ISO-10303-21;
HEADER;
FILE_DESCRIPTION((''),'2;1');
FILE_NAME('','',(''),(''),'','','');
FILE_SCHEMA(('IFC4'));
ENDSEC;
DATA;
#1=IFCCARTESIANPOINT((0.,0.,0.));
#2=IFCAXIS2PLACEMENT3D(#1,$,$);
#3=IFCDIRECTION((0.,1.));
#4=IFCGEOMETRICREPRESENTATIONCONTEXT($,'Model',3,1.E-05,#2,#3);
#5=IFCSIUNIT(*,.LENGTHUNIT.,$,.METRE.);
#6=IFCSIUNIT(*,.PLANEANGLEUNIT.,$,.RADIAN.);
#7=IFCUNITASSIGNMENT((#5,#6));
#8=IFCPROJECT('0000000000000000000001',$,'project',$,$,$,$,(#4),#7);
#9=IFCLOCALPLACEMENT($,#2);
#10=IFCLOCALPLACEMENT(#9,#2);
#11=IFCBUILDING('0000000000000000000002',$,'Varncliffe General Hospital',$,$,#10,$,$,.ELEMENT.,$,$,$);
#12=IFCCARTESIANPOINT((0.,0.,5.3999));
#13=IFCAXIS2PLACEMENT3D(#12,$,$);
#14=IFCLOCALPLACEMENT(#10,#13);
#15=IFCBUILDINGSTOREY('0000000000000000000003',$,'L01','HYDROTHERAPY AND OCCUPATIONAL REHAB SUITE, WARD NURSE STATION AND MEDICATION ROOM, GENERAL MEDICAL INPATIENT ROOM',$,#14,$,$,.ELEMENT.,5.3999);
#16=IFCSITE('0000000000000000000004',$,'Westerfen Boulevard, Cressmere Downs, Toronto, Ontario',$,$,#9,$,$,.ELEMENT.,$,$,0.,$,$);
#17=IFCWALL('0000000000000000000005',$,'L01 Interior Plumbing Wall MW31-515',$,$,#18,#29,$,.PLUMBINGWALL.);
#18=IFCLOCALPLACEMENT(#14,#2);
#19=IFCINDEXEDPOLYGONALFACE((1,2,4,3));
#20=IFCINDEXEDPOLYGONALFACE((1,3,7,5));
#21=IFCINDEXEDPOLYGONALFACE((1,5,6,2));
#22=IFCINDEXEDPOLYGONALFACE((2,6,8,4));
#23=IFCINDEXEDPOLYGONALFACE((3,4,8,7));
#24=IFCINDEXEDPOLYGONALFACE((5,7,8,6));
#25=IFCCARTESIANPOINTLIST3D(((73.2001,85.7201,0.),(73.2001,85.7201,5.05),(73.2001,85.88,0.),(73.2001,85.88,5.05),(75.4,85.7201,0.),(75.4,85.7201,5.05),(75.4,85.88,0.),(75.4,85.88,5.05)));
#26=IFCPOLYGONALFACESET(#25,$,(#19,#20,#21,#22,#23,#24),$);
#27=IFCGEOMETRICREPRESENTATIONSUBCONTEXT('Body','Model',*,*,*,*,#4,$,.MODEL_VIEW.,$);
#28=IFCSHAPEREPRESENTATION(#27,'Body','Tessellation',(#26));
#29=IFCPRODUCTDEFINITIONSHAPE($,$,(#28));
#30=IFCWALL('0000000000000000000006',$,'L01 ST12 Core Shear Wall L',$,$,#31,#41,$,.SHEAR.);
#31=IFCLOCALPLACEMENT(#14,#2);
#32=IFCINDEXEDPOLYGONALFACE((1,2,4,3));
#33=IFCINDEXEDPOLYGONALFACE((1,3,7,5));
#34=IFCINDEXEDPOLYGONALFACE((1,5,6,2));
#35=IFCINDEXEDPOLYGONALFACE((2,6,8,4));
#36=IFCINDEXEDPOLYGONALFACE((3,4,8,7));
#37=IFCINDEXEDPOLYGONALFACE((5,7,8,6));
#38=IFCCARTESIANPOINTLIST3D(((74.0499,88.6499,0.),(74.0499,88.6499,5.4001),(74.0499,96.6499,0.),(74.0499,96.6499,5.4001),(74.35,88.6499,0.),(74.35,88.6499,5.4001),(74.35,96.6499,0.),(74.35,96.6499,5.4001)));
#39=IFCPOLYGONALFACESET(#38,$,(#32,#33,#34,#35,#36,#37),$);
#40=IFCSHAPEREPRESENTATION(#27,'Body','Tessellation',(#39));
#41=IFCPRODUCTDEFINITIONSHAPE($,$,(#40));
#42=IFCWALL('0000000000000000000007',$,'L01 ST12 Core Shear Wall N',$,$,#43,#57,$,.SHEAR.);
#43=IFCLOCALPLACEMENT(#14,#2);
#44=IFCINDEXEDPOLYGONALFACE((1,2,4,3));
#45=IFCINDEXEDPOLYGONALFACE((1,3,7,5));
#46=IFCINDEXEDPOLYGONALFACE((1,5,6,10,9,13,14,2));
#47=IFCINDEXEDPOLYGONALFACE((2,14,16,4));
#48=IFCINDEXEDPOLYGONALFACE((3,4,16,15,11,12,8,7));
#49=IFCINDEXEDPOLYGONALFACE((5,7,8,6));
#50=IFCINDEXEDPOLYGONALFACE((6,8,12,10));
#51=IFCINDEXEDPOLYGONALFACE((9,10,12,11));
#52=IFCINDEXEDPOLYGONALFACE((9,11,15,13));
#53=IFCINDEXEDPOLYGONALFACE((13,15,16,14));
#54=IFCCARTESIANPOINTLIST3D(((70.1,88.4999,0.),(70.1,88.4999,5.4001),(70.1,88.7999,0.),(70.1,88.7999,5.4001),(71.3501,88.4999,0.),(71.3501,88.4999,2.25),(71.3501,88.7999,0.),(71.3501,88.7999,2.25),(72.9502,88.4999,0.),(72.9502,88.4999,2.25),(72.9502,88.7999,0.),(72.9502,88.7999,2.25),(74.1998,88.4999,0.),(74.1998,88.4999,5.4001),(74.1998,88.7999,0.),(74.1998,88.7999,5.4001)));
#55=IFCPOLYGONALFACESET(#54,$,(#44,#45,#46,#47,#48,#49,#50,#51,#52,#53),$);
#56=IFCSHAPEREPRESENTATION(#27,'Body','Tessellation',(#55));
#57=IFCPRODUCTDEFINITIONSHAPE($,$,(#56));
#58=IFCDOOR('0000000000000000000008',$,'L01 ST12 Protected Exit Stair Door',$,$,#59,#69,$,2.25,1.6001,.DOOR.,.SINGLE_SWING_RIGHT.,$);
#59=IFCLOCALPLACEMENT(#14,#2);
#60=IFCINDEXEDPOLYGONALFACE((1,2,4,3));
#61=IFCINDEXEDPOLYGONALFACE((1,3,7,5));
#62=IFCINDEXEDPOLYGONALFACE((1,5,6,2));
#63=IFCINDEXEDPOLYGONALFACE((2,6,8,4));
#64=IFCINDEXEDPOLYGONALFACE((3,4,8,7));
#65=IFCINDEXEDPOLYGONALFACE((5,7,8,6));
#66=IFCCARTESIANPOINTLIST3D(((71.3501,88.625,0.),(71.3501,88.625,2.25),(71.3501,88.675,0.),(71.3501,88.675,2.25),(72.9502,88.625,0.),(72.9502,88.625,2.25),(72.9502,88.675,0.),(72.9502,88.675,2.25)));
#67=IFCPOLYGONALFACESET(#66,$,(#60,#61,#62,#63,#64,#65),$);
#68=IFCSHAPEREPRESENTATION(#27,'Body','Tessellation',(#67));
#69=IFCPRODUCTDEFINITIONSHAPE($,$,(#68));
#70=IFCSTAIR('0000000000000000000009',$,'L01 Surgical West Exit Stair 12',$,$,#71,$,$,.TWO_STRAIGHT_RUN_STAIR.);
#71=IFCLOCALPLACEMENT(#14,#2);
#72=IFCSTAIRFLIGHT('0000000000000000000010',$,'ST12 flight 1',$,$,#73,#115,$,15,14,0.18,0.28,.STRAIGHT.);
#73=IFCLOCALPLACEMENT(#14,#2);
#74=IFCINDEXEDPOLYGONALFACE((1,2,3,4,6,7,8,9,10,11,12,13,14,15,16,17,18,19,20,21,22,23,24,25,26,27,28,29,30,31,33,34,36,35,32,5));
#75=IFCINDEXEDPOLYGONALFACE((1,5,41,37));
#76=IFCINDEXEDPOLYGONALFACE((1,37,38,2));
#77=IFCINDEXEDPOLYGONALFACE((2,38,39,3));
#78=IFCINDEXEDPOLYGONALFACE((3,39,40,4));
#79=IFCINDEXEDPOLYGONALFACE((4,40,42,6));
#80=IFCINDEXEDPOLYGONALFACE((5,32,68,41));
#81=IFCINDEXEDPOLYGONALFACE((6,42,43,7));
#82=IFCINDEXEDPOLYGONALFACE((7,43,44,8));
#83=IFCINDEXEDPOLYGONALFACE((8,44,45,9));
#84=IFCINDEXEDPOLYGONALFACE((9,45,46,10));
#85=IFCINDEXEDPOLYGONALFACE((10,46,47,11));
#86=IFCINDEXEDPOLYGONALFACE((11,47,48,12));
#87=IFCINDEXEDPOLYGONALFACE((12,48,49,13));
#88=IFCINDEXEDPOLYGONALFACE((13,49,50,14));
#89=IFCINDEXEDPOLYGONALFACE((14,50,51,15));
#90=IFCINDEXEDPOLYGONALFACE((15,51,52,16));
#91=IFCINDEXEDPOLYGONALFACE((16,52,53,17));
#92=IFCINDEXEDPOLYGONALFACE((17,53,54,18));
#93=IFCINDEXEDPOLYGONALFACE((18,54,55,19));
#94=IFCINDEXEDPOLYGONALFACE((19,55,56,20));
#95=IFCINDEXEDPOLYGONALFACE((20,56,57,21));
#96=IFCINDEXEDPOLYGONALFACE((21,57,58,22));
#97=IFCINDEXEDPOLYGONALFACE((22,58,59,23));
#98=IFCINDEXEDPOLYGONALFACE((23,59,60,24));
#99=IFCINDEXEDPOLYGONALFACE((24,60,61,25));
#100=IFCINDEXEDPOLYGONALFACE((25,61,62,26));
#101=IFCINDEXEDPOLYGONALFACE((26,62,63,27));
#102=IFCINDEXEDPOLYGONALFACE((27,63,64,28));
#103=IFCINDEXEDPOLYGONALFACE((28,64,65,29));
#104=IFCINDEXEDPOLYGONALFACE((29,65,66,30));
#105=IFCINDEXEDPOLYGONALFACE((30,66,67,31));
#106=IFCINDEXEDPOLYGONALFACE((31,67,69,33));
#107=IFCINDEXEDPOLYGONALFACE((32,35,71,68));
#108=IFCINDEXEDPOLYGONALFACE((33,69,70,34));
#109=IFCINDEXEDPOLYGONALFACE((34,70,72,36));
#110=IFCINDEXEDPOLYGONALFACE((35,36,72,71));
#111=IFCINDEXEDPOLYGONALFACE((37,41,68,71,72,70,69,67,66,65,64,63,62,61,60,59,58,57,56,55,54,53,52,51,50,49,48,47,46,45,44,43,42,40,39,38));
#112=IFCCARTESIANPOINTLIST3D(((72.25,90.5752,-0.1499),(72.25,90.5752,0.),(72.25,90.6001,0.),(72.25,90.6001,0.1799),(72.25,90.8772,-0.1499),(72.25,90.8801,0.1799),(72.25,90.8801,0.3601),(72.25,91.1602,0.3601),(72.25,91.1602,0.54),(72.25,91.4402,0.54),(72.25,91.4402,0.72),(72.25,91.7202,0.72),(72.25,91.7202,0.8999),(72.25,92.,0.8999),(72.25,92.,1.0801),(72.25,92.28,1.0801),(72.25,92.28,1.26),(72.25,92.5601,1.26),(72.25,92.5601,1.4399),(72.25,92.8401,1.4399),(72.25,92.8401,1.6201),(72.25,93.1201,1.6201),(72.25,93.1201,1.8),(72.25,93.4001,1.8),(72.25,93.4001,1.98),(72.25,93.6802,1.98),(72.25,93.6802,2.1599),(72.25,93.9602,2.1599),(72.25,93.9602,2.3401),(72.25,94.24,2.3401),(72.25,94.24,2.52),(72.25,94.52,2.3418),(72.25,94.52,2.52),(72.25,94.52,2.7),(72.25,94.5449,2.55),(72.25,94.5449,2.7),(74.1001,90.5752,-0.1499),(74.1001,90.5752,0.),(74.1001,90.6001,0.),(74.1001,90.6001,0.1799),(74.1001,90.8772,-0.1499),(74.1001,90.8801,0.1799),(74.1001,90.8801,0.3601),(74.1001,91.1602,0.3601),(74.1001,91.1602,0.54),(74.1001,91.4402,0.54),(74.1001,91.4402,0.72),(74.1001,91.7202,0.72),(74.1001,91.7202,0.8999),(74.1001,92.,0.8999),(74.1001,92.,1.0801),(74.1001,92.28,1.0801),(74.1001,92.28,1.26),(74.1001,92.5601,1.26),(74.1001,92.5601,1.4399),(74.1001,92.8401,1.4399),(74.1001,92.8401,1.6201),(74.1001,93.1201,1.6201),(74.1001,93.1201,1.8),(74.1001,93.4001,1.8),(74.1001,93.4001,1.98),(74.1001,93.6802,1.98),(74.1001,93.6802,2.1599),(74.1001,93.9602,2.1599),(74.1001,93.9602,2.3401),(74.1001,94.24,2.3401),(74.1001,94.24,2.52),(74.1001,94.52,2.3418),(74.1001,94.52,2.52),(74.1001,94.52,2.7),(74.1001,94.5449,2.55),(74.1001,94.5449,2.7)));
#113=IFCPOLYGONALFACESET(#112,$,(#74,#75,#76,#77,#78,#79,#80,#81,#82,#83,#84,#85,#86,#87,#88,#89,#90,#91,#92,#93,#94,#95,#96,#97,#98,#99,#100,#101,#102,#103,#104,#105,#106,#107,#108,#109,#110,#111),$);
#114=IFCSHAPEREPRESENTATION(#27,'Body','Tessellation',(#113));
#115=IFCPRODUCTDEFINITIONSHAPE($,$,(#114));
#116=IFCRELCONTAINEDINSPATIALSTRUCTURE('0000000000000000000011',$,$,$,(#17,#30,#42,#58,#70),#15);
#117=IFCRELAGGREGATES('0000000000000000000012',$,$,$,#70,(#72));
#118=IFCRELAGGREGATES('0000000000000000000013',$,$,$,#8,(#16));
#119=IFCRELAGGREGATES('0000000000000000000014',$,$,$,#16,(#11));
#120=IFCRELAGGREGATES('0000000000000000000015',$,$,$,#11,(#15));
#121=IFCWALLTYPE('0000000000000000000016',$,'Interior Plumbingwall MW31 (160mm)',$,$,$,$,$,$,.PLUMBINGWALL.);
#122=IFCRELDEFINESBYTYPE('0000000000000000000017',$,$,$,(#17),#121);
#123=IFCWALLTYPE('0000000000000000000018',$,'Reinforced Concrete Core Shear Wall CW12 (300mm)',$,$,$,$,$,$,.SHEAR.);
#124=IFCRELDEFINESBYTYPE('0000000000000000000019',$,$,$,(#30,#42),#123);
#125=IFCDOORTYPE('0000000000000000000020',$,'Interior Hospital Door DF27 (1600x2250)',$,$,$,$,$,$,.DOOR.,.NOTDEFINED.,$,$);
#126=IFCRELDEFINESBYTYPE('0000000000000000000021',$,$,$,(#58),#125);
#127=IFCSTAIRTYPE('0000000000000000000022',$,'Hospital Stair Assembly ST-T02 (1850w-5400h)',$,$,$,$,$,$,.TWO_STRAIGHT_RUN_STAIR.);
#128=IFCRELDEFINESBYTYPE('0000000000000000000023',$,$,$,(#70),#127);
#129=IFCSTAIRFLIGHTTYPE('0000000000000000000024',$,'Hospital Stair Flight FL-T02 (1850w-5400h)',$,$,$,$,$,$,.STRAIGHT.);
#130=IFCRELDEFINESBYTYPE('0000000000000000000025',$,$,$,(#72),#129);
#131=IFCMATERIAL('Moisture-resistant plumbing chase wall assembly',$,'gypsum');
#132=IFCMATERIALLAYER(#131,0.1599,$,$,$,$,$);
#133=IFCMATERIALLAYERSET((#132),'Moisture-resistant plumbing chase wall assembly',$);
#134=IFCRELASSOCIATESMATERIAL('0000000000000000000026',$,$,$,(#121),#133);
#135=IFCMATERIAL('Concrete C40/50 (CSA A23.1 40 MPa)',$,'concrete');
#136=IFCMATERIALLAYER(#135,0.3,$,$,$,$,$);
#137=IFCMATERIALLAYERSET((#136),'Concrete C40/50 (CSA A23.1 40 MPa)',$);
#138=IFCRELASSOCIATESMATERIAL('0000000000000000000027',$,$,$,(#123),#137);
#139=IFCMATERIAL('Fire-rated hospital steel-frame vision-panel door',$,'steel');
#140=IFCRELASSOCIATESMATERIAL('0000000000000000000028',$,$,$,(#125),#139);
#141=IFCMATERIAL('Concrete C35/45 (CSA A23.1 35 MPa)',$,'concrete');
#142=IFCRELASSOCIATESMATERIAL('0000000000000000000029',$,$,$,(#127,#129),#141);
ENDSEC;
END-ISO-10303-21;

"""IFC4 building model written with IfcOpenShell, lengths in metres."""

from ifc_helpers import new_model, si_unit, direction, frame, frame_2d, origin, place, context, subcontext, project, spatial, polyline, rectangle, outline, extrude, material, layer, layer_set, type_object, element, fill, aggregate, save


model = new_model("IFC4")

# Units and contexts
model_context = context("Model", 3, precision=1e-05, world=origin(), true_north=direction((0.0, 1.0)))
body_context = subcontext(model_context, "Body", "Model", "MODEL_VIEW")
ifc_project = project(units=[si_unit("LENGTHUNIT", "METRE"), si_unit("PLANEANGLEUNIT", "RADIAN")], contexts=[model_context])

# Site, building, storey
site_placement = place(None, origin())
site = spatial("IfcSite", under=ifc_project, at=site_placement, Name="Westerfen Boulevard, Cressmere Downs, Toronto, Ontario", CompositionType="ELEMENT", RefElevation=0.0)
building_placement = place(site_placement, origin())
building = spatial("IfcBuilding", under=site, at=building_placement, Name="Varncliffe General Hospital", CompositionType="ELEMENT")
storey_placement = place(building_placement, frame((0.0, 0.0, 5.3999)))
storey = spatial("IfcBuildingStorey", under=building, at=storey_placement, Name="L01", Description="HYDROTHERAPY AND OCCUPATIONAL REHAB SUITE, WARD NURSE STATION AND MEDICATION ROOM, GENERAL MEDICAL INPATIENT ROOM", CompositionType="ELEMENT", Elevation=5.3999)

# Shared definitions
ifc_material_1 = material(Name="Concrete C40/50 (CSA A23.1 40 MPa)", Category="concrete")

# Shared definitions
ifc_material_2 = material(Name="Concrete C35/45 (CSA A23.1 35 MPa)", Category="concrete")

# Shared definitions
ifc_material_3 = material(Name="Fire-rated hospital steel-frame vision-panel door", Category="steel")

# Walls
ifc_material_4 = material(Name="Moisture-resistant plumbing chase wall assembly", Category="gypsum")
ifc_layer_1 = layer(ifc_material_4, 0.1599)
ifc_layer_set_1 = layer_set([ifc_layer_1], Name="Moisture-resistant plumbing chase wall assembly")
wall_type_1 = type_object("IfcWallType", Name="Interior Plumbingwall MW31 (160mm)", PredefinedType="PLUMBINGWALL", material=ifc_layer_set_1)
wall_1_placement = place(storey_placement, frame((73.2, 85.8, 0.0), z_axis=(0.0, 0.0, 1.0), x_axis=(1.0, 0.0, 0.0)))
element("IfcWall", 1, at=wall_1_placement, inside=storey, type_object=wall_type_1, Name="L01 Interior Plumbing Wall MW31-515", PredefinedType="PLUMBINGWALL", context=body_context, shape_type="SweptSolid", body=[
    extrude(rectangle(XDim=2.2, YDim=0.1599, at=frame_2d((1.1001, 0.0))), origin(), (0.0, 0.0, 1.0), 5.05),
])
ifc_layer_2 = layer(ifc_material_1, 0.3)
ifc_layer_set_2 = layer_set([ifc_layer_2], Name="Concrete C40/50 (CSA A23.1 40 MPa)")
wall_type_2 = type_object("IfcWallType", Name="Reinforced Concrete Core Shear Wall CW12 (300mm)", PredefinedType="SHEAR", material=ifc_layer_set_2)
wall_2_placement = place(storey_placement, frame((74.2, 88.6499, 0.0), z_axis=(0.0, 0.0, 1.0), x_axis=(0.0, 1.0, 0.0)))
element("IfcWall", 2, at=wall_2_placement, inside=storey, type_object=wall_type_2, Name="L01 ST12 Core Shear Wall L", PredefinedType="SHEAR", context=body_context, shape_type="SweptSolid", body=[
    extrude(rectangle(XDim=8.0, YDim=0.3, at=frame_2d((4.0, 0.0))), origin(), (0.0, 0.0, 1.0), 5.4001),
])

# Wall, opening, door
wall_3_placement = place(storey_placement, frame((70.1001, 88.6499, 0.0), z_axis=(0.0, 0.0, 1.0), x_axis=(1.0, 0.0, 0.0)))
wall_3 = element("IfcWall", 3, at=wall_3_placement, inside=storey, type_object=wall_type_2, Name="L01 ST12 Core Shear Wall N", PredefinedType="SHEAR", context=body_context, shape_type="SweptSolid", body=[
    extrude(rectangle(XDim=4.0999, YDim=0.3, at=frame_2d((2.0498, 0.0))), origin(), (0.0, 0.0, 1.0), 5.4001),
])
opening_1_placement = place(wall_3_placement, frame((1.25, 0.0, 0.0)))
opening_1 = element("IfcOpeningElement", 4, at=opening_1_placement, cuts=wall_3, PredefinedType="OPENING", context=body_context, shape_type="SweptSolid", body=[
    extrude(rectangle(XDim=1.6001, YDim=2.25, at=frame_2d((0.8, 1.125))), frame((0.0, 0.1602, 0.0), z_axis=(0.0, -1.0, 0.0), x_axis=(1.0, 0.0, 0.0)), (0.0, 0.0, 1.0), 0.3201),
])
door_type_1 = type_object("IfcDoorType", Name="Interior Hospital Door DF27 (1600x2250)", OperationType="NOTDEFINED", PredefinedType="DOOR", material=ifc_material_3)
door_1_placement = place(opening_1_placement, frame((1.6001, 0.0, 0.0), z_axis=(0.0, 0.0, 1.0), x_axis=(-1.0, 0.0, 0.0)))
door_1 = element("IfcDoor", 5, at=door_1_placement, inside=storey, type_object=door_type_1, Name="L01 ST12 Protected Exit Stair Door", OperationType="SINGLE_SWING_RIGHT", OverallHeight=2.25, OverallWidth=1.6001, PredefinedType="DOOR", context=body_context, shape_type="SweptSolid", body=[
    extrude(rectangle(XDim=1.6001, YDim=2.25, at=frame_2d((0.8, 1.125))), frame((0.0, 0.0249, 0.0), z_axis=(0.0, -1.0, 0.0), x_axis=(1.0, 0.0, 0.0)), (0.0, 0.0, 1.0), 0.05),
])
fill(opening_1, door_1)

# Stair, stair flight
stair_type = type_object("IfcStairType", Name="Hospital Stair Assembly ST-T02 (1850w-5400h)", PredefinedType="TWO_STRAIGHT_RUN_STAIR", material=ifc_material_2)
stair_placement = place(storey_placement, origin())
stair = element("IfcStair", 6, at=stair_placement, inside=storey, type_object=stair_type, Name="L01 Surgical West Exit Stair 12", PredefinedType="TWO_STRAIGHT_RUN_STAIR")
stair_flight_type = type_object("IfcStairFlightType", Name="Hospital Stair Flight FL-T02 (1850w-5400h)", PredefinedType="STRAIGHT", material=ifc_material_2)
stair_flight_placement = place(storey_placement, frame((73.175, 90.6001, 0.0), z_axis=(0.0, 0.0, 1.0), x_axis=(0.0, 1.0, 0.0)))
stair_flight = element("IfcStairFlight", 7, at=stair_flight_placement, type_object=stair_flight_type, Name="ST12 flight 1", NumberOfRisers=15, NumberOfTreads=14, PredefinedType="STRAIGHT", RiserHeight=0.18, TreadLength=0.28, context=body_context, shape_type="SweptSolid", body=[
    extrude(outline(polyline([(-0.0249, -0.1499), (-0.0249, 0.0), (0.0, 0.0), (0.0, 0.1799), (0.28, 0.1799), (0.28, 0.3601), (0.5601, 0.3601), (0.5601, 0.54), (0.8401, 0.54), (0.8401, 0.72), (1.1201, 0.72), (1.1201, 0.8999), (1.3999, 0.8999), (1.3999, 1.0801), (1.6799, 1.0801), (1.6799, 1.26), (1.96, 1.26), (1.96, 1.4399), (2.24, 1.4399), (2.24, 1.6201), (2.52, 1.6201), (2.52, 1.8), (2.8, 1.8), (2.8, 1.98), (3.0801, 1.98), (3.0801, 2.1599), (3.3601, 2.1599), (3.3601, 2.3401), (3.6399, 2.3401), (3.6399, 2.52), (3.9199, 2.52), (3.9199, 2.7), (3.9448, 2.7), (3.9448, 2.55), (3.9199, 2.3418), (0.2771, -0.1499), (-0.0249, -0.1499)])), frame((0.0, 0.925, 0.0), z_axis=(0.0, -1.0, 0.0), x_axis=(1.0, 0.0, 0.0)), (0.0, 0.0, 1.0), 1.8501),
])
aggregate(stair, [stair_flight])

save(model, "model.ifc")
